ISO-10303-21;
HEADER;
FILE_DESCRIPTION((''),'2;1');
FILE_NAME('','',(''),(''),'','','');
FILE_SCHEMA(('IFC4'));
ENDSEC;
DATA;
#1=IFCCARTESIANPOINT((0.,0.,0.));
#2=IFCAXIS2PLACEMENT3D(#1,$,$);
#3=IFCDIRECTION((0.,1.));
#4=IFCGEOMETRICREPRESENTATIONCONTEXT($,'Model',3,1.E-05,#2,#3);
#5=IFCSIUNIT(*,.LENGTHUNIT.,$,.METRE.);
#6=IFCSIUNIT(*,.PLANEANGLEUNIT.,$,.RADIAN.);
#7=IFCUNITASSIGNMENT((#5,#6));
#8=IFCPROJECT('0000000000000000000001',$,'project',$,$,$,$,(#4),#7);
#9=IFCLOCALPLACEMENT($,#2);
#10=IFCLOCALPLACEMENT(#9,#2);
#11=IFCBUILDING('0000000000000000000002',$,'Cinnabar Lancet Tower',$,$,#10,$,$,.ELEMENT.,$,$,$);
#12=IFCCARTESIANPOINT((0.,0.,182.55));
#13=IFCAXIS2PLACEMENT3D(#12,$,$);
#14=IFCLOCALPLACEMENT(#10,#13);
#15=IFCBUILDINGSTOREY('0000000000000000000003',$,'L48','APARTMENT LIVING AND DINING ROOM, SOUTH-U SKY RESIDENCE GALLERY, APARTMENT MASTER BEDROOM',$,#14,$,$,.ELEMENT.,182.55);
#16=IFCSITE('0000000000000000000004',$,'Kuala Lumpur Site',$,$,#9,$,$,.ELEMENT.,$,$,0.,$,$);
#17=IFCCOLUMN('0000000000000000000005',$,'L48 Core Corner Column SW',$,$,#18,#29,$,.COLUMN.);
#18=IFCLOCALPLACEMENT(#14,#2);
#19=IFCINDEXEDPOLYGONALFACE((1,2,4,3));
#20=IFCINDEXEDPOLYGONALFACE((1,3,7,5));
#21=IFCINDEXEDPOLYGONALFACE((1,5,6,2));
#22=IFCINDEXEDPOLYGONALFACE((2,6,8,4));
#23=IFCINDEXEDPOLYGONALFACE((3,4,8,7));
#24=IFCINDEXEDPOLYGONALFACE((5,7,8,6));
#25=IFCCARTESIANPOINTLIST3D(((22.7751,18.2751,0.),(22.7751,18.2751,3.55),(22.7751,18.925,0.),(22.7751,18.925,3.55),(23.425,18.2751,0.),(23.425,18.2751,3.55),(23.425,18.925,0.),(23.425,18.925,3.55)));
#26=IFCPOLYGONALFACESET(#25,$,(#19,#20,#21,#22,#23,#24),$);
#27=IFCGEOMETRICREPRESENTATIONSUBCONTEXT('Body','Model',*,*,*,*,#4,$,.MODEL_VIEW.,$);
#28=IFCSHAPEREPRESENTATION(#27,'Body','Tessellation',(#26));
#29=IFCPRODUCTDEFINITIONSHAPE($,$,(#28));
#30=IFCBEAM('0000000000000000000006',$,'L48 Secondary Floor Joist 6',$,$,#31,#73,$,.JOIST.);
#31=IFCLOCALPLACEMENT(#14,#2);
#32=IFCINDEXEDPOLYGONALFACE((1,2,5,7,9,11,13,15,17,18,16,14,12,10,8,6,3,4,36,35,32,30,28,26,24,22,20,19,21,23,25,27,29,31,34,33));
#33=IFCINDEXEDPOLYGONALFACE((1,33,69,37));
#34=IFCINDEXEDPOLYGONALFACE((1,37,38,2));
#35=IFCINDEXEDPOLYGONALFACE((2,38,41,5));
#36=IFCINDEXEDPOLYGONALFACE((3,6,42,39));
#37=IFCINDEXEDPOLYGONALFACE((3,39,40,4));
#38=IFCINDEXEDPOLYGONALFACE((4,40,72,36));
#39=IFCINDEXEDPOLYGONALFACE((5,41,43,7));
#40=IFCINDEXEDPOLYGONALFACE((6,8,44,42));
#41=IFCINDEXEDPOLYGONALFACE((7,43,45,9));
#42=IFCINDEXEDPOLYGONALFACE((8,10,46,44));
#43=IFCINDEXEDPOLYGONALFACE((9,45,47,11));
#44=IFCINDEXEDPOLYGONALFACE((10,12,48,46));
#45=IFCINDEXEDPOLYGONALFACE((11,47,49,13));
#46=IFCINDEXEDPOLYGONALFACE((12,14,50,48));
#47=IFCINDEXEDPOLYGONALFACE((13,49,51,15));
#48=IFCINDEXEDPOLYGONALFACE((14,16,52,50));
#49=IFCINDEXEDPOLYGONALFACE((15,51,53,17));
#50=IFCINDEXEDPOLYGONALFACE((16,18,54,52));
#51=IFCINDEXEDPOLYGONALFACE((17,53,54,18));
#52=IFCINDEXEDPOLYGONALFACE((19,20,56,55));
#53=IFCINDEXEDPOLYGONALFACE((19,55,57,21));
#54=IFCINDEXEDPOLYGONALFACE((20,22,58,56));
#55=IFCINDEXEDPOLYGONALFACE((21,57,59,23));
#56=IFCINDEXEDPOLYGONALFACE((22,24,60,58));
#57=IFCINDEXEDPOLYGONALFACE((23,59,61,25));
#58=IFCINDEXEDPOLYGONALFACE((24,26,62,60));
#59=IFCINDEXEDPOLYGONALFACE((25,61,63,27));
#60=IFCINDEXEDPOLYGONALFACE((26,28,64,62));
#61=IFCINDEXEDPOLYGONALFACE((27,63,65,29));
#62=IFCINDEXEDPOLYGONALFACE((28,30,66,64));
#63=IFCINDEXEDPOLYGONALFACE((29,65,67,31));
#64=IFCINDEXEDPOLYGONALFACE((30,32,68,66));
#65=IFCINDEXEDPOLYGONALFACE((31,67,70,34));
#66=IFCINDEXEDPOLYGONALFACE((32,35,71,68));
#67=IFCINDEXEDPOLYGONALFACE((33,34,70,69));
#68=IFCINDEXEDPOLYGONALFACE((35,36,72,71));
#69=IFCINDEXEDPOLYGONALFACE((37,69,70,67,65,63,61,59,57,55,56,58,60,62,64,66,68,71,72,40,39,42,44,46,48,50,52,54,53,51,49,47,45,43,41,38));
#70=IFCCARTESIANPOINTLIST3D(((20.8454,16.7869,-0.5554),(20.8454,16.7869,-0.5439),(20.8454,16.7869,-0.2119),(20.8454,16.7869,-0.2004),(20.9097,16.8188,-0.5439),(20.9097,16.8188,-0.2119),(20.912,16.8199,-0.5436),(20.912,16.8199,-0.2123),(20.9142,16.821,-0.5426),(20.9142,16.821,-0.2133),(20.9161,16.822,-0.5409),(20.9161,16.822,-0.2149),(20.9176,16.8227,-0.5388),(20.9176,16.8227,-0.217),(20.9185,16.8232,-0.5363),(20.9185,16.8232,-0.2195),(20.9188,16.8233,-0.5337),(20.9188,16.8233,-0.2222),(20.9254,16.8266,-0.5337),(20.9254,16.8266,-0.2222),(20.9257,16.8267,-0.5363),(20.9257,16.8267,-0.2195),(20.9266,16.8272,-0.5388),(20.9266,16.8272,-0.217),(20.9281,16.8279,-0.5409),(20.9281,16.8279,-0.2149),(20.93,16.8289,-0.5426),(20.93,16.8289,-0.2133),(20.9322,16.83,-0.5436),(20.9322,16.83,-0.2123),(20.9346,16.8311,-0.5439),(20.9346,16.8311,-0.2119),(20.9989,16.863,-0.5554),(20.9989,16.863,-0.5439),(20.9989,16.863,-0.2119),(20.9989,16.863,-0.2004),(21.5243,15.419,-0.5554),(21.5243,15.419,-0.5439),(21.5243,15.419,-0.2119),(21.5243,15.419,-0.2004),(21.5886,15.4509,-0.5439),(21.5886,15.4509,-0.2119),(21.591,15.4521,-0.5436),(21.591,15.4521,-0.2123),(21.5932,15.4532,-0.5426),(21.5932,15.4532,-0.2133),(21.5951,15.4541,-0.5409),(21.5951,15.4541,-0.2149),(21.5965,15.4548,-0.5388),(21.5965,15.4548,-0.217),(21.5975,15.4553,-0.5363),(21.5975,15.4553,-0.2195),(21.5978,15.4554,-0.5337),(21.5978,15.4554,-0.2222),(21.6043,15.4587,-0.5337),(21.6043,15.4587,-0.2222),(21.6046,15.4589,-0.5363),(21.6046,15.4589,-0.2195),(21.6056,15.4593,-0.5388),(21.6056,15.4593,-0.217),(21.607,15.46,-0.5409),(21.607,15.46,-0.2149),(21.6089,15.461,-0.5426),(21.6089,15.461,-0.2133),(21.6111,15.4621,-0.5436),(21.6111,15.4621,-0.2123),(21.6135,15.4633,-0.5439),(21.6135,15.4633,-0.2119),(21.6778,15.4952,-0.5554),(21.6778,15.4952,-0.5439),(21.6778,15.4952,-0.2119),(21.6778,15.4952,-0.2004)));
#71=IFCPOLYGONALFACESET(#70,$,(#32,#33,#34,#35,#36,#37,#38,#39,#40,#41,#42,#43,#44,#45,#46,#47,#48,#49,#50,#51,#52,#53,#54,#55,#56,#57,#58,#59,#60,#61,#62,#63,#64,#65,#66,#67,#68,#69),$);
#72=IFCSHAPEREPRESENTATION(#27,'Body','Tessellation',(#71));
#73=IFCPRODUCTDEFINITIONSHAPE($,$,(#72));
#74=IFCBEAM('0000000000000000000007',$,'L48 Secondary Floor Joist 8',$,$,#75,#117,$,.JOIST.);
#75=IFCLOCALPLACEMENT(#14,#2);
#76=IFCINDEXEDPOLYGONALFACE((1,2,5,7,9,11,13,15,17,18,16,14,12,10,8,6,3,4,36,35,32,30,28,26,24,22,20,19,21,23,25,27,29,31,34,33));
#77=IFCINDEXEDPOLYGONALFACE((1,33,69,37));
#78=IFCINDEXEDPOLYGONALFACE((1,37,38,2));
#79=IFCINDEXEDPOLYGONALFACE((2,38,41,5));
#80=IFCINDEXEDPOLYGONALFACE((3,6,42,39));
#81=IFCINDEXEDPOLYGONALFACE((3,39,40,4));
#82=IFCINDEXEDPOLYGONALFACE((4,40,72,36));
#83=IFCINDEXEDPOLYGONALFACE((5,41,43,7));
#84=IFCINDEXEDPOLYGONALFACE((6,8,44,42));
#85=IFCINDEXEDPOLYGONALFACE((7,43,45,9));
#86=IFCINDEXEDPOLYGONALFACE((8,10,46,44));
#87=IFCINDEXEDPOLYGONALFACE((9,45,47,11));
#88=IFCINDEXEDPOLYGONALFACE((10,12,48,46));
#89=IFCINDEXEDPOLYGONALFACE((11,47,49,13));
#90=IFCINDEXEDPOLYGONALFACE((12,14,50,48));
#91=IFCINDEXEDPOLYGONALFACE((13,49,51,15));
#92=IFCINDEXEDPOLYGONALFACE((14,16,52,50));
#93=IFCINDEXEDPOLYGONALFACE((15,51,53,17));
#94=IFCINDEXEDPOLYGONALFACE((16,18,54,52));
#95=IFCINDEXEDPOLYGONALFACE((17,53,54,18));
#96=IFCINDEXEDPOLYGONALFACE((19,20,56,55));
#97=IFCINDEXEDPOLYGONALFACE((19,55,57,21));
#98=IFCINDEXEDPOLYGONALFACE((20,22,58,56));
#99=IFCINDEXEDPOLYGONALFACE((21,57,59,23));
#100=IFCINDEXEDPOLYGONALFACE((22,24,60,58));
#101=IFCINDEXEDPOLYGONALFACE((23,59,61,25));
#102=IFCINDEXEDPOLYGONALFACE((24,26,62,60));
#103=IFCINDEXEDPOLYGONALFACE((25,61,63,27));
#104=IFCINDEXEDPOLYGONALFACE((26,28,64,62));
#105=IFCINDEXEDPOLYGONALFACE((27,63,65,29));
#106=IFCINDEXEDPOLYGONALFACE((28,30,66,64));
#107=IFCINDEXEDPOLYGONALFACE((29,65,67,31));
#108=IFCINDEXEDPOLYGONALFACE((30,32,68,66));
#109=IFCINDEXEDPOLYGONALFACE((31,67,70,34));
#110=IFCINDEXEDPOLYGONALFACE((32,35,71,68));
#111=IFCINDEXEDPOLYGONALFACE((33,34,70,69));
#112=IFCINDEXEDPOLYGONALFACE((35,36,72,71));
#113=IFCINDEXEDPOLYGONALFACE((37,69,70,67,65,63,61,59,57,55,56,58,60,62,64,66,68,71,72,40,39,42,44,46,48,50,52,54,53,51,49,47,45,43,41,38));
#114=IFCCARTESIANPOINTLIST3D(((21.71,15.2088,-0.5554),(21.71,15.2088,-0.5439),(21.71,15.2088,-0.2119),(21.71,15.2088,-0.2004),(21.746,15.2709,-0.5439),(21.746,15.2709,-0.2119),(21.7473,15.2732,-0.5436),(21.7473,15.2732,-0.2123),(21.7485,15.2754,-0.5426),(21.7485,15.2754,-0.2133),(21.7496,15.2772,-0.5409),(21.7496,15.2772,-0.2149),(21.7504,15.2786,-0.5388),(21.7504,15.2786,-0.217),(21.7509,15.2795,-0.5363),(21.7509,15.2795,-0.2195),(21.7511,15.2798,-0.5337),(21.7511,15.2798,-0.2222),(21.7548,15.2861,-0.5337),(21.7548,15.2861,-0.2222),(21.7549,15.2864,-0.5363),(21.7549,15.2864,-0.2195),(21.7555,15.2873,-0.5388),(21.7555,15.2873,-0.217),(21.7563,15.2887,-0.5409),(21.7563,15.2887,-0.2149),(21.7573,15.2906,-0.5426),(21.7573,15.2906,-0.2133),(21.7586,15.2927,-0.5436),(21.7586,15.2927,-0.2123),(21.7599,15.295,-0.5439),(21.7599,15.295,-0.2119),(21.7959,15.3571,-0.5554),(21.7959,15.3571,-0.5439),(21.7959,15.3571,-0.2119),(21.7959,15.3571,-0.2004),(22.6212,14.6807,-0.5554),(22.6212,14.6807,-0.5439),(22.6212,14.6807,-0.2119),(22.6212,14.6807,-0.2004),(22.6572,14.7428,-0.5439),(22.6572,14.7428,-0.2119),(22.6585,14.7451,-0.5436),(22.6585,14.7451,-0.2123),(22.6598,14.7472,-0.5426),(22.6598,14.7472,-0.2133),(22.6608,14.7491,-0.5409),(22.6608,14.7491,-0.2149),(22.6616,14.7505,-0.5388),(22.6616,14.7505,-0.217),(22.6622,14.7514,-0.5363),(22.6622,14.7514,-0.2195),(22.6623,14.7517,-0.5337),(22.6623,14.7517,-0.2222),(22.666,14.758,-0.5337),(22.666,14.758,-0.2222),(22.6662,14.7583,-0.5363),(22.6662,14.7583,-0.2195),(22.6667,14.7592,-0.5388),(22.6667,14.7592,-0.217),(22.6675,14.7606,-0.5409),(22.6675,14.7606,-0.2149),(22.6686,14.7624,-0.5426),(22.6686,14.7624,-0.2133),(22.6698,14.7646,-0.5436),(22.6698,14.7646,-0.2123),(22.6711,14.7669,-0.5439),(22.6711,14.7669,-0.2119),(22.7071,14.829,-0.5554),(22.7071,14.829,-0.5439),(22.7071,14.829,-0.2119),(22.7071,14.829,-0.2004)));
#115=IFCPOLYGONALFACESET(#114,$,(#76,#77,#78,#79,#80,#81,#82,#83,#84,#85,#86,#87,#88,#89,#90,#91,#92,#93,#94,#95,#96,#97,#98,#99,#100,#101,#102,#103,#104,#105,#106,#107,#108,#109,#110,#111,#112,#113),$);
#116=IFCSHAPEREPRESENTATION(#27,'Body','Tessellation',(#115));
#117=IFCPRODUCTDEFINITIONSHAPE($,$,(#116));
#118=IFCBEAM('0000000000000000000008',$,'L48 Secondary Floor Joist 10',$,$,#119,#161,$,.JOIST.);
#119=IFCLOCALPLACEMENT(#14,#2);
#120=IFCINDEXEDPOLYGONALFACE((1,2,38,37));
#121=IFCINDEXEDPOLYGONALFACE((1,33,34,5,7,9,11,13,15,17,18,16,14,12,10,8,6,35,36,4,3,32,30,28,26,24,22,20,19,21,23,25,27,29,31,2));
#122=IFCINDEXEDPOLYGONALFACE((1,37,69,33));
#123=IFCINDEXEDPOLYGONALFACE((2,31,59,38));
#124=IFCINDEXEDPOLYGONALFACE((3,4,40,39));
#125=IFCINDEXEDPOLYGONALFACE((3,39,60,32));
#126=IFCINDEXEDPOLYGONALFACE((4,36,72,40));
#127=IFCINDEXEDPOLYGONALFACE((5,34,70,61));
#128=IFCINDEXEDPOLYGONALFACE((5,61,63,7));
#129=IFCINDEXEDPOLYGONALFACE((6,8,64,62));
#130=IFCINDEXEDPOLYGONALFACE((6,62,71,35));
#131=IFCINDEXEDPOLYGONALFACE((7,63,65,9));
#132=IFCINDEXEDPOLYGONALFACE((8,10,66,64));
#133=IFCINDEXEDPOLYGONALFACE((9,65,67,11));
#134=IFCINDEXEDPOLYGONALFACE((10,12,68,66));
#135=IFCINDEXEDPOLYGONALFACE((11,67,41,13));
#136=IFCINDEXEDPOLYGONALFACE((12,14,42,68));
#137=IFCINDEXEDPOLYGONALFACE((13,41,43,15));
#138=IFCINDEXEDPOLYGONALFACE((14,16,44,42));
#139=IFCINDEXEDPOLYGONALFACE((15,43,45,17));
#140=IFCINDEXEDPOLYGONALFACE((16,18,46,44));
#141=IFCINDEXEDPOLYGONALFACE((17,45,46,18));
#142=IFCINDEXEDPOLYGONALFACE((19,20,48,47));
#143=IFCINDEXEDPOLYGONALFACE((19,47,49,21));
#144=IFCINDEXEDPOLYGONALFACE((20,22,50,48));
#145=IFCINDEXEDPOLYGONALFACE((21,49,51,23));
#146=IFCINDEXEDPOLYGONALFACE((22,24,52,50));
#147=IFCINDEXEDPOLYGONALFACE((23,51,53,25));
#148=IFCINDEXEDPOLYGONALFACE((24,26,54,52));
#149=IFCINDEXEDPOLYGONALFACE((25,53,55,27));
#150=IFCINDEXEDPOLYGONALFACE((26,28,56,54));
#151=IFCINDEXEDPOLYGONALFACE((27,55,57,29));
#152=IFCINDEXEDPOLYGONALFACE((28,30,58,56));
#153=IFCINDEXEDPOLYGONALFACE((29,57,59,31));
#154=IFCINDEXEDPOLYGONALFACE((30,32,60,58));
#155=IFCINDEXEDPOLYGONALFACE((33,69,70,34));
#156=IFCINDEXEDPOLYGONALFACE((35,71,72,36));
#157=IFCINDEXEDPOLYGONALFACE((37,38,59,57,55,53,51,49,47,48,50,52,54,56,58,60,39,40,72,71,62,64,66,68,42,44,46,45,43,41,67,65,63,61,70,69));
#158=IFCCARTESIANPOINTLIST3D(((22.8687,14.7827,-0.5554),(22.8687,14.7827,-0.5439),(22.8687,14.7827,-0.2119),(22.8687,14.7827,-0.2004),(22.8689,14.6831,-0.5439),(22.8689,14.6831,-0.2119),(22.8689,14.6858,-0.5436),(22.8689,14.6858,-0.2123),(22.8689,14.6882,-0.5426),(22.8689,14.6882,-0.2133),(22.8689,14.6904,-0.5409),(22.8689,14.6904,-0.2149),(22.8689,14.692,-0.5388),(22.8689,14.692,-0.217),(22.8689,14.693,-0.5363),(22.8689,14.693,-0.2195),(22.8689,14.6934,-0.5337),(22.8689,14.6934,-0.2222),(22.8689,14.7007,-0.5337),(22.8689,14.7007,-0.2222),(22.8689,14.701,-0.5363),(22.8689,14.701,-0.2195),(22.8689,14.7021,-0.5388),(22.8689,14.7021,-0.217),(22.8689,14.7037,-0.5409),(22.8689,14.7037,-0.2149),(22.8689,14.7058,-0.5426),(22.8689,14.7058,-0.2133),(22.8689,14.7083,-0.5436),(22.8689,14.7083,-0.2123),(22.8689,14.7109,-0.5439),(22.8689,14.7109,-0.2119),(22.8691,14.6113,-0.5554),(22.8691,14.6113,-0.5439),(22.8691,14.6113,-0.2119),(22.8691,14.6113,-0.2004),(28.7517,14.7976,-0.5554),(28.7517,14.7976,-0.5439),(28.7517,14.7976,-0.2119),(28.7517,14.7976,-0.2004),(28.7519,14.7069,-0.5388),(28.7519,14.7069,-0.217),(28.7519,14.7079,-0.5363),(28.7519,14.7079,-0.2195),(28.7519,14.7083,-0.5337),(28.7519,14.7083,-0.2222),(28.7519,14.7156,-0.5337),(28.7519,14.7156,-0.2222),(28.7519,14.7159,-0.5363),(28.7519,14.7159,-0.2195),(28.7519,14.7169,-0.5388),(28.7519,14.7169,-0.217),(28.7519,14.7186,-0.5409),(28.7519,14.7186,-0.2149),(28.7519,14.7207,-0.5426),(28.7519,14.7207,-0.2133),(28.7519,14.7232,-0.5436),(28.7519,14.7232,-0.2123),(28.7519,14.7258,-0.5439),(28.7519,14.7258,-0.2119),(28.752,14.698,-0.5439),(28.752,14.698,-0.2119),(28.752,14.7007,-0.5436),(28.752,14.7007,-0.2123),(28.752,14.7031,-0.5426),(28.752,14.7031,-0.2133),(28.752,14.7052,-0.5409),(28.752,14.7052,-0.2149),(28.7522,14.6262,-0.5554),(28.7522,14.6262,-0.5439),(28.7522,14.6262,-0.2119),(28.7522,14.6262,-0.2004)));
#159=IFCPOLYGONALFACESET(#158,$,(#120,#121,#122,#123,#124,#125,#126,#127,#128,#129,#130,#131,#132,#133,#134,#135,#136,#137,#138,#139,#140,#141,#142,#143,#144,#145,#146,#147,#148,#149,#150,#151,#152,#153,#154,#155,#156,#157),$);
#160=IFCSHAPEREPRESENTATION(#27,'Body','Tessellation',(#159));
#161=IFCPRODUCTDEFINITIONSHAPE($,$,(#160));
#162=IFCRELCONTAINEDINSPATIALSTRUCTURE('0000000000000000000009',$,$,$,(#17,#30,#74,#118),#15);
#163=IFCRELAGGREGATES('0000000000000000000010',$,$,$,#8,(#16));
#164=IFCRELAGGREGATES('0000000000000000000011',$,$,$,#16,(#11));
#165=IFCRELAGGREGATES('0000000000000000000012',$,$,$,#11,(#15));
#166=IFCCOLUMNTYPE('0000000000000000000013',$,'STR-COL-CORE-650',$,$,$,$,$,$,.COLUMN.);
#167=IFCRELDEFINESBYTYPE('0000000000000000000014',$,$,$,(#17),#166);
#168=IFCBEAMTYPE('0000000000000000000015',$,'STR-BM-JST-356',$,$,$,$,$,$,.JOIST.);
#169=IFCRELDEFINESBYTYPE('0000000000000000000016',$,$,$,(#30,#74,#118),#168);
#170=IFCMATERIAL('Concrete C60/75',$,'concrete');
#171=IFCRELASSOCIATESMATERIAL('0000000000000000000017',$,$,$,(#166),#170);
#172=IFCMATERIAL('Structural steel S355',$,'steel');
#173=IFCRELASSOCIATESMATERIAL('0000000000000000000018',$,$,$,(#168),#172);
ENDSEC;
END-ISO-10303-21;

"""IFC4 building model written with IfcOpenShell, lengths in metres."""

from ifc_helpers import new_model, si_unit, direction, frame, origin, origin_2d, place, context, subcontext, project, spatial, rectangle, i_section, extrude, material, material_profile, profile_set, type_object, element, save


model = new_model("IFC4")

# Units and contexts
model_context = context("Model", 3, precision=1e-05, world=origin(), true_north=direction((0.0, 1.0)))
body_context = subcontext(model_context, "Body", "Model", "MODEL_VIEW")
ifc_project = project(units=[si_unit("LENGTHUNIT", "METRE"), si_unit("PLANEANGLEUNIT", "RADIAN")], contexts=[model_context])

# Site, building, storey
site_placement = place(None, origin())
site = spatial("IfcSite", under=ifc_project, at=site_placement, Name="Kuala Lumpur Site", CompositionType="ELEMENT", RefElevation=0.0)
building_placement = place(site_placement, origin())
building = spatial("IfcBuilding", under=site, at=building_placement, Name="Cinnabar Lancet Tower", CompositionType="ELEMENT")
storey_placement = place(building_placement, frame((0.0, 0.0, 182.55)))
storey = spatial("IfcBuildingStorey", under=building, at=storey_placement, Name="L48", Description="APARTMENT LIVING AND DINING ROOM, SOUTH-U SKY RESIDENCE GALLERY, APARTMENT MASTER BEDROOM", CompositionType="ELEMENT", Elevation=182.55)

# Column
ifc_material_1 = material(Name="Concrete C60/75", Category="concrete")
ifc_material_profile_1 = material_profile(ifc_material_1, rectangle(XDim=0.6499, YDim=0.6499, at=origin_2d()), Name="RC-COL 650x650")
ifc_profile_set_1 = profile_set([ifc_material_profile_1], Name="Concrete C60/75")
column_type = type_object("IfcColumnType", Name="STR-COL-CORE-650", PredefinedType="COLUMN", material=ifc_profile_set_1)
column_placement = place(storey_placement, frame((23.1001, 18.6001, 0.0), z_axis=(0.0, 0.0, 1.0), x_axis=(1.0, 0.0, 0.0)))
element("IfcColumn", 1, at=column_placement, inside=storey, type_object=column_type, Name="L48 Core Corner Column SW", PredefinedType="COLUMN", context=body_context, shape_type="SweptSolid", body=[
    extrude(rectangle(XDim=0.6499, YDim=0.6499, at=origin_2d()), origin(), (0.0, 0.0, 1.0), 3.55),
])

# Beams
ifc_material_2 = material(Name="Structural steel S355", Category="steel")
ifc_material_profile_2 = material_profile(ifc_material_2, i_section(OverallWidth=0.1714, OverallDepth=0.355, WebThickness=0.0073, FlangeThickness=0.0115, FilletRadius=0.0103, at=origin_2d()), Name="UKB 356x171x51")
ifc_profile_set_2 = profile_set([ifc_material_profile_2], Name="Structural steel S355")
beam_type_1 = type_object("IfcBeamType", Name="STR-BM-JST-356", PredefinedType="JOIST", material=ifc_profile_set_2)
beam_1_placement = place(storey_placement, frame((20.9221, 16.825, -0.3779), z_axis=(0.44459, -0.895734, 0.0), x_axis=(0.895734, 0.44459, 0.0)))
element("IfcBeam", 2, at=beam_1_placement, inside=storey, type_object=beam_type_1, Name="L48 Secondary Floor Joist 6", PredefinedType="JOIST", context=body_context, shape_type="SweptSolid", body=[
    extrude(i_section(OverallWidth=0.1714, OverallDepth=0.355, WebThickness=0.0073, FlangeThickness=0.0115, FilletRadius=0.0103, at=origin_2d()), origin(), (0.0, 0.0, 1.0), 1.5271),
])
beam_2_placement = place(storey_placement, frame((21.7529, 15.283, -0.3779), z_axis=(0.865188, -0.501447, 0.0), x_axis=(0.501447, 0.865188, 0.0)))
element("IfcBeam", 3, at=beam_2_placement, inside=storey, type_object=beam_type_1, Name="L48 Secondary Floor Joist 8", PredefinedType="JOIST", context=body_context, shape_type="SweptSolid", body=[
    extrude(i_section(OverallWidth=0.1714, OverallDepth=0.355, WebThickness=0.0073, FlangeThickness=0.0115, FilletRadius=0.0103, at=origin_2d()), origin(), (0.0, 0.0, 1.0), 1.0532),
])
beam_3_placement = place(storey_placement, frame((22.8689, 14.697, -0.3779), z_axis=(0.999997, 0.002531, 0.0), x_axis=(-0.002531, 0.999997, 0.0)))
element("IfcBeam", 4, at=beam_3_placement, inside=storey, type_object=beam_type_1, Name="L48 Secondary Floor Joist 10", PredefinedType="JOIST", context=body_context, shape_type="SweptSolid", body=[
    extrude(i_section(OverallWidth=0.1714, OverallDepth=0.355, WebThickness=0.0073, FlangeThickness=0.0115, FilletRadius=0.0103, at=origin_2d()), origin(), (0.0, 0.0, 1.0), 5.8831),
])

save(model, "model.ifc")
